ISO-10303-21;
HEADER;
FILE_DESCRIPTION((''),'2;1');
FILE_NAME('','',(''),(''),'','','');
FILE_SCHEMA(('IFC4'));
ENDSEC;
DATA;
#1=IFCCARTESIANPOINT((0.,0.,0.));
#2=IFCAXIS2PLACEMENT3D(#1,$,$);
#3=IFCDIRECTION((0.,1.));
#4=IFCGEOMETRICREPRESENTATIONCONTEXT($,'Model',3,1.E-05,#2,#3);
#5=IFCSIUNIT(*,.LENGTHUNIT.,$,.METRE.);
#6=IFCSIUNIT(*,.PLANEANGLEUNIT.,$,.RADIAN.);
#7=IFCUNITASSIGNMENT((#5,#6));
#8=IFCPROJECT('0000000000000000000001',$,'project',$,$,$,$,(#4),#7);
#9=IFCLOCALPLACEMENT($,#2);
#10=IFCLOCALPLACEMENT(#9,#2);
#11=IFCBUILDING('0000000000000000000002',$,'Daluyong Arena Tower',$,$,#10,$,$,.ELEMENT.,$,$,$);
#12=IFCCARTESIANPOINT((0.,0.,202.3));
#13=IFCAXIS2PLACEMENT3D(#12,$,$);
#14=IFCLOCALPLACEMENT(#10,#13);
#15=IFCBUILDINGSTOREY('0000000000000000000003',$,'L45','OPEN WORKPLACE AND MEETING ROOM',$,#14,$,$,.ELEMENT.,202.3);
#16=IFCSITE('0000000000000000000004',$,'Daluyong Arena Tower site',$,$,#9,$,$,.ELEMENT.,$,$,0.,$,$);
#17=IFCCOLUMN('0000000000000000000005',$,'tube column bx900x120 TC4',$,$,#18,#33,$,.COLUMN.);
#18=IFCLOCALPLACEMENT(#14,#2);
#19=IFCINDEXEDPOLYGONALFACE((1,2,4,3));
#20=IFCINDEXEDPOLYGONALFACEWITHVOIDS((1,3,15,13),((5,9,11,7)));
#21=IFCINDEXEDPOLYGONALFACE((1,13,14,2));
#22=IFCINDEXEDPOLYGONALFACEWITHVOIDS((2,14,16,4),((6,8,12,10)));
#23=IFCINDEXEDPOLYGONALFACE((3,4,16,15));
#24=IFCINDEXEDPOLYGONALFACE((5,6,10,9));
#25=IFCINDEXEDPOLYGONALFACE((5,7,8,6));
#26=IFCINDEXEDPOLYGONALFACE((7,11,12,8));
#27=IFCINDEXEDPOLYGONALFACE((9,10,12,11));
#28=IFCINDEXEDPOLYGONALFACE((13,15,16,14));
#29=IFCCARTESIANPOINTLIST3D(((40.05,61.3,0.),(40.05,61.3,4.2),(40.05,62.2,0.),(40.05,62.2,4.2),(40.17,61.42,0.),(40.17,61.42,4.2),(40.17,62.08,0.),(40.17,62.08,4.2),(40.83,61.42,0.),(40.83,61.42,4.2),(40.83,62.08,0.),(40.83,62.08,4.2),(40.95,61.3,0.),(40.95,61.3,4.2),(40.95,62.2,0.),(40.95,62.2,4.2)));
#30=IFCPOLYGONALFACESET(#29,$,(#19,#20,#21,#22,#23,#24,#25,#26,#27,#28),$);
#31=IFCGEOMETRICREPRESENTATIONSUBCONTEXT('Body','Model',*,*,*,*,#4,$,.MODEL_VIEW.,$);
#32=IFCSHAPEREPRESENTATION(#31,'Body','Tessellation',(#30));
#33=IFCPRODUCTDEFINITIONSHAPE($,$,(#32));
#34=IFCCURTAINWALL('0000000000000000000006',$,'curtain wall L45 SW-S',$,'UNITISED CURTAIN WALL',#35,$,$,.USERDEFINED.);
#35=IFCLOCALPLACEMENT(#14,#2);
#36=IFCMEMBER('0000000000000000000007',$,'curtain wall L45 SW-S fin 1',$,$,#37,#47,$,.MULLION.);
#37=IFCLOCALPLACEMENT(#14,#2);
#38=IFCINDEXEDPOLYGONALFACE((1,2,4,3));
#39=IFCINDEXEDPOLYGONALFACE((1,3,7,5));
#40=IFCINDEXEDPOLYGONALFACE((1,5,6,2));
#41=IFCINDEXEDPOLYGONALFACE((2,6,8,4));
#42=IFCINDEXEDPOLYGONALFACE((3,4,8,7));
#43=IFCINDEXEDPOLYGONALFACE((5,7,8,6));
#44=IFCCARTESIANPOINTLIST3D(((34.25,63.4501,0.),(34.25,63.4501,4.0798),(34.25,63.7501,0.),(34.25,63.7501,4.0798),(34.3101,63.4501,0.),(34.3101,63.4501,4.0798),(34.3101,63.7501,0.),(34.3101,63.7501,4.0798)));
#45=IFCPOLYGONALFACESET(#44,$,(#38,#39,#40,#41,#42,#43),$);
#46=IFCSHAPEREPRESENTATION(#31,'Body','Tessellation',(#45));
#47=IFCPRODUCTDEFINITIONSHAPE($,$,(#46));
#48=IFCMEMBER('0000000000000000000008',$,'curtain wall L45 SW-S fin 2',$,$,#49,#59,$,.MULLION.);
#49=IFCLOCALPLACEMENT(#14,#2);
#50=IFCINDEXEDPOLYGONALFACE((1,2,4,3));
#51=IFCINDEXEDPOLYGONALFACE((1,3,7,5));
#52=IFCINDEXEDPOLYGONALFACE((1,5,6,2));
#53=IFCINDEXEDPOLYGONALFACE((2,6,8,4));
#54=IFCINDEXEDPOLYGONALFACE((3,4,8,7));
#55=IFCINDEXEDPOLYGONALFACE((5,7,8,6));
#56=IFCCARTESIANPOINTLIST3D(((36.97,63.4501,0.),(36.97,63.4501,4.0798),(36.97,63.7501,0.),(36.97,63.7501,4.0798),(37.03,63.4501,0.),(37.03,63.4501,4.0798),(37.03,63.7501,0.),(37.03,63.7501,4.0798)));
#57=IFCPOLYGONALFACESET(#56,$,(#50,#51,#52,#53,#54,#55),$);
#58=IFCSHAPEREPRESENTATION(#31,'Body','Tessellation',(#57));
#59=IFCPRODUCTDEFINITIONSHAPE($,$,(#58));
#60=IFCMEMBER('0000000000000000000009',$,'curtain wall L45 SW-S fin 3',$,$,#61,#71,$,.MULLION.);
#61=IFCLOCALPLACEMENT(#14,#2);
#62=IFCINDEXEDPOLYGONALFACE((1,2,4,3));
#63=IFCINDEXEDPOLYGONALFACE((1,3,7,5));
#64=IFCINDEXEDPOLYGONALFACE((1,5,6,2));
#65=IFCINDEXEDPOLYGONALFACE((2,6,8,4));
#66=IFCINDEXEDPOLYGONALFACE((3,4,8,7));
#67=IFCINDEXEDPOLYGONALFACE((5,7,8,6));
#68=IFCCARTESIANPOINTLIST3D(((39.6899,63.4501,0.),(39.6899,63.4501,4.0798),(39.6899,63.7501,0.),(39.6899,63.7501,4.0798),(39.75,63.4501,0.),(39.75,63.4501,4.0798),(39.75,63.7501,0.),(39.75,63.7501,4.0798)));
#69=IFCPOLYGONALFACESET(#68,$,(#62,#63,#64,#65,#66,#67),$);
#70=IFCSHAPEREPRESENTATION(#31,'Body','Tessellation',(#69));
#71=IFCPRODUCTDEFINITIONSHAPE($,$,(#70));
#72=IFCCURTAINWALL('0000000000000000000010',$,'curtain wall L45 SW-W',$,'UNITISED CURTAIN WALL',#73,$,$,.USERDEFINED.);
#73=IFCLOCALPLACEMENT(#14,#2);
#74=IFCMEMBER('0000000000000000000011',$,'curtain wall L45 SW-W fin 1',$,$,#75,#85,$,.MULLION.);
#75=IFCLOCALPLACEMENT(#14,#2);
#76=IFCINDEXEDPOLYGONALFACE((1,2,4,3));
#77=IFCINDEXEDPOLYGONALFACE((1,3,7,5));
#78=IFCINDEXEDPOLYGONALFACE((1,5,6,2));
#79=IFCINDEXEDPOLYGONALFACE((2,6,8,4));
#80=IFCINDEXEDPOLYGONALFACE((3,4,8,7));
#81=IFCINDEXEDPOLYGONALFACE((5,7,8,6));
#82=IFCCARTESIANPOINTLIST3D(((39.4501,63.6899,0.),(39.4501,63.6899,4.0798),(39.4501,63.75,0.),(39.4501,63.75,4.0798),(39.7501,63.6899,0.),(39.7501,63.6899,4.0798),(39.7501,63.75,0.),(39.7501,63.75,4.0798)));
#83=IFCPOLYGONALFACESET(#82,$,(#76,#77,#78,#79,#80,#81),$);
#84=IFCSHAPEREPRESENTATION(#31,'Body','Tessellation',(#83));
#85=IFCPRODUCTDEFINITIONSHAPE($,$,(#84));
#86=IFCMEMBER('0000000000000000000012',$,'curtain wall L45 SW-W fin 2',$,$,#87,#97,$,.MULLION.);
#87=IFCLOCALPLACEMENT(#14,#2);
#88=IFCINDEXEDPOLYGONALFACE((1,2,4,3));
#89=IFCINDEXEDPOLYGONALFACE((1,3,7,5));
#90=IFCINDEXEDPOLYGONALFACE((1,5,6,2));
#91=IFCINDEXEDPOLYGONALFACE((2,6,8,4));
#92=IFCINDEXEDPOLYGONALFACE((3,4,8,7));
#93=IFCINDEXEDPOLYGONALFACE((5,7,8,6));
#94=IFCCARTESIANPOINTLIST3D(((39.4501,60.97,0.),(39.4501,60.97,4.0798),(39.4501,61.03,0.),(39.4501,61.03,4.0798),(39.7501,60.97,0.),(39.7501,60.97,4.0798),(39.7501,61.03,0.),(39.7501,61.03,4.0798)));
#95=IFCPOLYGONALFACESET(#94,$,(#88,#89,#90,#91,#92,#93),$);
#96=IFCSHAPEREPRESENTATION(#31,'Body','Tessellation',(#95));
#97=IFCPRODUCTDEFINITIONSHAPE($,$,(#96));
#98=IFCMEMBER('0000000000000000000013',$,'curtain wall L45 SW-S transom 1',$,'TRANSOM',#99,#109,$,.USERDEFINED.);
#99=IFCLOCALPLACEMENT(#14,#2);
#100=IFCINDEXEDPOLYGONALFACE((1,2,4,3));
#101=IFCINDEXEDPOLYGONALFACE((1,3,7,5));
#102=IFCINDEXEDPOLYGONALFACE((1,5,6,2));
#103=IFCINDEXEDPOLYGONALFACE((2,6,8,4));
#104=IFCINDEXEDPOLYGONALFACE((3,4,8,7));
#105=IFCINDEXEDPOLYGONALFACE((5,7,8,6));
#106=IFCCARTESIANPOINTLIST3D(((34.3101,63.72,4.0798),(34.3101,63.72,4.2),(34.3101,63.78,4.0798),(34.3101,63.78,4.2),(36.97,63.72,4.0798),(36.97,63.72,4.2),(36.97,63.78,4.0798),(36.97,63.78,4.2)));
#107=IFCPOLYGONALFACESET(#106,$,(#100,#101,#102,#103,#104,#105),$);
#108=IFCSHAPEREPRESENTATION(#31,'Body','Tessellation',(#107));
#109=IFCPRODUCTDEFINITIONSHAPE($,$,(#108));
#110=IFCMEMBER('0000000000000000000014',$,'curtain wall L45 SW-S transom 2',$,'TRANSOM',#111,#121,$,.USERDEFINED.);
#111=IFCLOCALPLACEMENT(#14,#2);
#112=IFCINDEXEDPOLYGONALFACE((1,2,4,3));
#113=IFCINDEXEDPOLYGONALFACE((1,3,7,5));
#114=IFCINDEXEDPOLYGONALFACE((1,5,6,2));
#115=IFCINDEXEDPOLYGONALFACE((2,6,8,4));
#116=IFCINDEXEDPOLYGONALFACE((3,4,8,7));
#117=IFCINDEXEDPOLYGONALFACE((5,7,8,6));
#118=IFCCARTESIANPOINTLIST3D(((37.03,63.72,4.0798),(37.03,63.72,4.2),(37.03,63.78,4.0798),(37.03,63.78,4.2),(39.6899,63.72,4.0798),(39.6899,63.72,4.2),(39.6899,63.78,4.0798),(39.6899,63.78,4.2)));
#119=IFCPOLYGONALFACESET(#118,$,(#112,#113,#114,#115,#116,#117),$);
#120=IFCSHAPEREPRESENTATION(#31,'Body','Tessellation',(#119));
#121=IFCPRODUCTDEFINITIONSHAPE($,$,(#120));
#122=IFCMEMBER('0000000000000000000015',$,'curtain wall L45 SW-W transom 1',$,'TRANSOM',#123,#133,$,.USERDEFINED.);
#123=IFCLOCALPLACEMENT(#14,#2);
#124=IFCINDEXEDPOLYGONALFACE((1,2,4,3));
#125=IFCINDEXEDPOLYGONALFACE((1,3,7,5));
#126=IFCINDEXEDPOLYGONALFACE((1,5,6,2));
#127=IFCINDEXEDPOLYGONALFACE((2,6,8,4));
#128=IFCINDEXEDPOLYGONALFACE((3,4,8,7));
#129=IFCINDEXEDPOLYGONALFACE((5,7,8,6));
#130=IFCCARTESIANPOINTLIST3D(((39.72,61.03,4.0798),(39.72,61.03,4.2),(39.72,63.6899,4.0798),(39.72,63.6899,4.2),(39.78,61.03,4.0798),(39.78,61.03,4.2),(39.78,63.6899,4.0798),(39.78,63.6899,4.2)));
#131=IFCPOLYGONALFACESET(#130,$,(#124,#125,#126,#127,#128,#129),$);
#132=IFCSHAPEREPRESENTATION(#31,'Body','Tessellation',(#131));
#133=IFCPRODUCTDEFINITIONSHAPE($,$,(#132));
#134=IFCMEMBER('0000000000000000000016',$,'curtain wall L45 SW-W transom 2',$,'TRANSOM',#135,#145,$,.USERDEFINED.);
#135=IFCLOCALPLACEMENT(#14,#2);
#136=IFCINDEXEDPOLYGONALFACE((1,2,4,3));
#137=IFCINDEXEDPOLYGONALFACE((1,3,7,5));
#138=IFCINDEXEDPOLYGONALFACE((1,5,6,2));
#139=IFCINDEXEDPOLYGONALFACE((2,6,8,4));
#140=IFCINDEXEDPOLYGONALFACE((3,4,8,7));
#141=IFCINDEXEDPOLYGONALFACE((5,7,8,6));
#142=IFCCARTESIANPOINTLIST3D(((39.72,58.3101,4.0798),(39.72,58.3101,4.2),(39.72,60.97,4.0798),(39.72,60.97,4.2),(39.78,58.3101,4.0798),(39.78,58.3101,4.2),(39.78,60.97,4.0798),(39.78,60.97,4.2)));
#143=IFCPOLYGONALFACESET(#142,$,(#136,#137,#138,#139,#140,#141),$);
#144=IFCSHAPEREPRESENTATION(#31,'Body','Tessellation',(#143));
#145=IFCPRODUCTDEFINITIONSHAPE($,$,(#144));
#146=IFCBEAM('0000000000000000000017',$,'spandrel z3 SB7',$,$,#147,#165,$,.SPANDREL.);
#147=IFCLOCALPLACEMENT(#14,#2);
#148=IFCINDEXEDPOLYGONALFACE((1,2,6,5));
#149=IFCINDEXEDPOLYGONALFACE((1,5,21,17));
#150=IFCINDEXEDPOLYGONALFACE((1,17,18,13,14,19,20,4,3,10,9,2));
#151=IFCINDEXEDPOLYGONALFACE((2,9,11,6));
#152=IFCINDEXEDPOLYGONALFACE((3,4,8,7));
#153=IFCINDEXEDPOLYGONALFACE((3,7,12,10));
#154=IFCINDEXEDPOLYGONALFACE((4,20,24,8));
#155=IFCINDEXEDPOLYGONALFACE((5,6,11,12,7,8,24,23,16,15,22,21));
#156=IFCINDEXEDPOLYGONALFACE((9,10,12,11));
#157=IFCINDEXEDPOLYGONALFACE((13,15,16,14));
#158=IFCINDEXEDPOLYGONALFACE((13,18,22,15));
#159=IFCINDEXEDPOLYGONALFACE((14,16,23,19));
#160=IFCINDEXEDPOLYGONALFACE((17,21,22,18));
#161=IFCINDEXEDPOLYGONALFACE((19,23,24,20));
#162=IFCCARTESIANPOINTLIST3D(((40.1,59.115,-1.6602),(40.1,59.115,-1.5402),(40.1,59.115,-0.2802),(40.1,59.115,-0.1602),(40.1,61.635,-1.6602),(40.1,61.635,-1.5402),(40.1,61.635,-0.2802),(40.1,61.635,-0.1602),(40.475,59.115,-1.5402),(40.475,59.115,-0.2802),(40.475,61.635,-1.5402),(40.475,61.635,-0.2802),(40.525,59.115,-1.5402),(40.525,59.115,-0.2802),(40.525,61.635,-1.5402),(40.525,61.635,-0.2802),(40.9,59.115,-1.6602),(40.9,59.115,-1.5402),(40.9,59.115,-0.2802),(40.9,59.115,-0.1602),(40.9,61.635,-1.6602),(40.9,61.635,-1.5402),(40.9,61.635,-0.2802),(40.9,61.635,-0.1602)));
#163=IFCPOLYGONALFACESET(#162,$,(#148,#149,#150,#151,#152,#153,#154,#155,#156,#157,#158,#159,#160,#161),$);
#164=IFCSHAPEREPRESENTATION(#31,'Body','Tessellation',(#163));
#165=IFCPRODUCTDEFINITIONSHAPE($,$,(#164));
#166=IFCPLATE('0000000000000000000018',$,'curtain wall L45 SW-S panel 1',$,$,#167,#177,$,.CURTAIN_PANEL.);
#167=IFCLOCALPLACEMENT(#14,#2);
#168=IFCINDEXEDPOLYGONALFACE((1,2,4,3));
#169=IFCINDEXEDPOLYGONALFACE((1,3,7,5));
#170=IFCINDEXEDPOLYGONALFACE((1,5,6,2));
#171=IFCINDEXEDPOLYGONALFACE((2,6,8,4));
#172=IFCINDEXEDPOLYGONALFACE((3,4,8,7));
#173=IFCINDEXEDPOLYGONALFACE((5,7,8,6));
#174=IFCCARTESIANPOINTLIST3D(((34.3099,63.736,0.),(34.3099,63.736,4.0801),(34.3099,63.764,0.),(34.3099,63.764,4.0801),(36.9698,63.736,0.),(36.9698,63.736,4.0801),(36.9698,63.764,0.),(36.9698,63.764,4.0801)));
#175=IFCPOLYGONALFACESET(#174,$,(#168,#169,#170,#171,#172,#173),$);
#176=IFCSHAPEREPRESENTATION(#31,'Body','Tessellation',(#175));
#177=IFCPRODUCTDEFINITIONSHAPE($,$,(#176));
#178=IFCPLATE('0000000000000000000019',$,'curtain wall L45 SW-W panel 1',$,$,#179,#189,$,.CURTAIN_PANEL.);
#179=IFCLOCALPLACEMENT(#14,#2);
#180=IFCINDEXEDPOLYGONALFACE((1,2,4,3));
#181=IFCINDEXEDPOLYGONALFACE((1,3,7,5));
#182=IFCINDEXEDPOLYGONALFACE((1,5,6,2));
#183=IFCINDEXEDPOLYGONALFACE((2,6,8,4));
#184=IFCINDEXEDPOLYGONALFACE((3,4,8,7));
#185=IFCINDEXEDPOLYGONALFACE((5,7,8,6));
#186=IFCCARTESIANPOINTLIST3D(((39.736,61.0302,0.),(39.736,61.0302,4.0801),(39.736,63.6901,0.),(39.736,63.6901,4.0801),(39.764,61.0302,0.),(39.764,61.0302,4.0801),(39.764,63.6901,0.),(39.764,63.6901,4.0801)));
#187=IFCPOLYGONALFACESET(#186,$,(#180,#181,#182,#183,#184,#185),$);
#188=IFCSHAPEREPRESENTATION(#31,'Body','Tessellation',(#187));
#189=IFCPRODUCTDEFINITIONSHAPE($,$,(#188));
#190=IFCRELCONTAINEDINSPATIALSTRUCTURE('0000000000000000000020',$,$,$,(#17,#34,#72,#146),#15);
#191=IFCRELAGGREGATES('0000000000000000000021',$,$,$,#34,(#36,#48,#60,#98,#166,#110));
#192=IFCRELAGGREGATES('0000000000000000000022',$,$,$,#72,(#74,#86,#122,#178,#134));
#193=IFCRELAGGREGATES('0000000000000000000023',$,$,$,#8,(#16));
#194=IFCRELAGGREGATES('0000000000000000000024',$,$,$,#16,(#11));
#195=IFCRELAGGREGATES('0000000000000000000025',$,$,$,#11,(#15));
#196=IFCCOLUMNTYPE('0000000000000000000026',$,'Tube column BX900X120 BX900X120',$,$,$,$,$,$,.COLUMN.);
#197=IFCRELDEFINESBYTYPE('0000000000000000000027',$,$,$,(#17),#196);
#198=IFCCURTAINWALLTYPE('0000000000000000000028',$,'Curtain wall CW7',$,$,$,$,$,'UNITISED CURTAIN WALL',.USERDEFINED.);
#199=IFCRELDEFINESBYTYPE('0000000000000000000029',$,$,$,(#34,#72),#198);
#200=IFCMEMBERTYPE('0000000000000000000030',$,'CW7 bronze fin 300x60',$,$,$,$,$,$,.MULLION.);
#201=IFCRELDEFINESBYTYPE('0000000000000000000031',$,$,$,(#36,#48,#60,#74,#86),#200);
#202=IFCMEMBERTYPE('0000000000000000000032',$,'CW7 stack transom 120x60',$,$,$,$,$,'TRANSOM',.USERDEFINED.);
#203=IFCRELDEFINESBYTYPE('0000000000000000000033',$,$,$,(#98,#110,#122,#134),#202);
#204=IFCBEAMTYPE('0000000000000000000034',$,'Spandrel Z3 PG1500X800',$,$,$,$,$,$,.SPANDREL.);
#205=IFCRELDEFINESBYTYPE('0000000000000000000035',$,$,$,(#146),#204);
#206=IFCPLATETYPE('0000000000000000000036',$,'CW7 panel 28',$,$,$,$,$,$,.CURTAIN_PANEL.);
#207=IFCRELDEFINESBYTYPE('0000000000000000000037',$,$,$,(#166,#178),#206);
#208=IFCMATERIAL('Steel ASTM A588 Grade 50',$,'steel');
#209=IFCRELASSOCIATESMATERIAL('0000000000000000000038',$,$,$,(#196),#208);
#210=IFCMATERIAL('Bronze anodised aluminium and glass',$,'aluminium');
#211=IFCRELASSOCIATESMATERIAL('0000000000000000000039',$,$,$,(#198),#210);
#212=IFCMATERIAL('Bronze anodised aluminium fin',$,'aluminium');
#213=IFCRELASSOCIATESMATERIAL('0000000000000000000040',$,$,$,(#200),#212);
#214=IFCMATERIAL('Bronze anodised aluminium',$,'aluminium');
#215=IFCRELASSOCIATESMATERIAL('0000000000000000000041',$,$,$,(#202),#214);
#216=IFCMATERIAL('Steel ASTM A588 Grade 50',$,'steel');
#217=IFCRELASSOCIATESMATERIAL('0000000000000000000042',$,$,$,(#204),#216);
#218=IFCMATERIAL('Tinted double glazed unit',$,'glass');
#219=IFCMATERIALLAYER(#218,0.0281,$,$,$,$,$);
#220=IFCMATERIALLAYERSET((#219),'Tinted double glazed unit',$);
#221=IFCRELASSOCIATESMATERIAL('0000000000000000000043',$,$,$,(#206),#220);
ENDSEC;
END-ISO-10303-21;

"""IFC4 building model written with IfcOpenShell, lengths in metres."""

from ifc_helpers import new_model, si_unit, direction, frame, origin, origin_2d, place, context, subcontext, project, spatial, rectangle, hollow_rectangle, i_section, extrude, material, layer, layer_set, material_profile, profile_set, type_object, element, aggregate, save


model = new_model("IFC4")

# Units and contexts
model_context = context("Model", 3, precision=1e-05, world=origin(), true_north=direction((0.0, 1.0)))
body_context = subcontext(model_context, "Body", "Model", "MODEL_VIEW")
ifc_project = project(units=[si_unit("LENGTHUNIT", "METRE"), si_unit("PLANEANGLEUNIT", "RADIAN")], contexts=[model_context])

# Site, building, storey
site_placement = place(None, origin())
site = spatial("IfcSite", under=ifc_project, at=site_placement, Name="Daluyong Arena Tower site", CompositionType="ELEMENT", RefElevation=0.0)
building_placement = place(site_placement, origin())
building = spatial("IfcBuilding", under=site, at=building_placement, Name="Daluyong Arena Tower", CompositionType="ELEMENT")
storey_placement = place(building_placement, frame((0.0, 0.0, 202.3)))
storey = spatial("IfcBuildingStorey", under=building, at=storey_placement, Name="L45", Description="OPEN WORKPLACE AND MEETING ROOM", CompositionType="ELEMENT", Elevation=202.3)

# Column
ifc_material_1 = material(Name="Steel ASTM A588 Grade 50", Category="steel")
ifc_material_profile_1 = material_profile(ifc_material_1, hollow_rectangle(XDim=0.8999, YDim=0.8999, WallThickness=0.12, at=origin_2d()))
ifc_profile_set_1 = profile_set([ifc_material_profile_1], Name="Steel ASTM A588 Grade 50")
column_type = type_object("IfcColumnType", Name="Tube column BX900X120 BX900X120", PredefinedType="COLUMN", material=ifc_profile_set_1)
column_placement = place(storey_placement, frame((40.5, 61.75, 0.0), z_axis=(0.0, 0.0, 1.0), x_axis=(0.0, 1.0, 0.0)))
element("IfcColumn", 1, at=column_placement, inside=storey, type_object=column_type, Name="tube column bx900x120 TC4", PredefinedType="COLUMN", context=body_context, shape_type="SweptSolid", body=[
    extrude(hollow_rectangle(XDim=0.8999, YDim=0.8999, WallThickness=0.12, at=origin_2d()), origin(), (0.0, 0.0, 1.0), 4.2),
])

# Curtain walls, members
ifc_material_2 = material(Name="Bronze anodised aluminium and glass", Category="aluminium")
curtain_wall_type = type_object("IfcCurtainWallType", Name="Curtain wall CW7", ElementType="UNITISED CURTAIN WALL", PredefinedType="USERDEFINED", material=ifc_material_2)
curtain_wall_1_placement = place(storey_placement, origin())
curtain_wall_1 = element("IfcCurtainWall", 2, at=curtain_wall_1_placement, inside=storey, type_object=curtain_wall_type, Name="curtain wall L45 SW-S", ObjectType="UNITISED CURTAIN WALL", PredefinedType="USERDEFINED")
ifc_material_3 = material(Name="Bronze anodised aluminium fin", Category="aluminium")
ifc_material_profile_2 = material_profile(ifc_material_3, rectangle(XDim=0.3, YDim=0.0601, at=origin_2d()))
ifc_profile_set_2 = profile_set([ifc_material_profile_2], Name="Bronze anodised aluminium fin")
member_type_1 = type_object("IfcMemberType", Name="CW7 bronze fin 300x60", PredefinedType="MULLION", material=ifc_profile_set_2)
member_1_placement = place(storey_placement, frame((34.28, 63.6001, 0.0), z_axis=(0.0, 0.0, 1.0), x_axis=(0.0, 1.0, 0.0)))
member_1 = element("IfcMember", 3, at=member_1_placement, type_object=member_type_1, Name="curtain wall L45 SW-S fin 1", PredefinedType="MULLION", context=body_context, shape_type="SweptSolid", body=[
    extrude(rectangle(XDim=0.3, YDim=0.0601, at=origin_2d()), origin(), (0.0, 0.0, 1.0), 4.0798),
])
member_2_placement = place(storey_placement, frame((37.0, 63.6001, 0.0), z_axis=(0.0, 0.0, 1.0), x_axis=(0.0, 1.0, 0.0)))
member_2 = element("IfcMember", 4, at=member_2_placement, type_object=member_type_1, Name="curtain wall L45 SW-S fin 2", PredefinedType="MULLION", context=body_context, shape_type="SweptSolid", body=[
    extrude(rectangle(XDim=0.3, YDim=0.0601, at=origin_2d()), origin(), (0.0, 0.0, 1.0), 4.0798),
])
member_3_placement = place(storey_placement, frame((39.72, 63.6001, 0.0), z_axis=(0.0, 0.0, 1.0), x_axis=(0.0, 1.0, 0.0)))
member_3 = element("IfcMember", 5, at=member_3_placement, type_object=member_type_1, Name="curtain wall L45 SW-S fin 3", PredefinedType="MULLION", context=body_context, shape_type="SweptSolid", body=[
    extrude(rectangle(XDim=0.3, YDim=0.0601, at=origin_2d()), origin(), (0.0, 0.0, 1.0), 4.0798),
])
curtain_wall_2_placement = place(storey_placement, origin())
curtain_wall_2 = element("IfcCurtainWall", 6, at=curtain_wall_2_placement, inside=storey, type_object=curtain_wall_type, Name="curtain wall L45 SW-W", ObjectType="UNITISED CURTAIN WALL", PredefinedType="USERDEFINED")
member_4_placement = place(storey_placement, frame((39.6001, 63.72, 0.0), z_axis=(0.0, 0.0, 1.0), x_axis=(1.0, 0.0, 0.0)))
member_4 = element("IfcMember", 7, at=member_4_placement, type_object=member_type_1, Name="curtain wall L45 SW-W fin 1", PredefinedType="MULLION", context=body_context, shape_type="SweptSolid", body=[
    extrude(rectangle(XDim=0.3, YDim=0.0601, at=origin_2d()), origin(), (0.0, 0.0, 1.0), 4.0798),
])
member_5_placement = place(storey_placement, frame((39.6001, 61.0, 0.0), z_axis=(0.0, 0.0, 1.0), x_axis=(1.0, 0.0, 0.0)))
member_5 = element("IfcMember", 8, at=member_5_placement, type_object=member_type_1, Name="curtain wall L45 SW-W fin 2", PredefinedType="MULLION", context=body_context, shape_type="SweptSolid", body=[
    extrude(rectangle(XDim=0.3, YDim=0.0601, at=origin_2d()), origin(), (0.0, 0.0, 1.0), 4.0798),
])

# Members
ifc_material_4 = material(Name="Bronze anodised aluminium", Category="aluminium")
ifc_material_profile_3 = material_profile(ifc_material_4, rectangle(XDim=0.0601, YDim=0.1201, at=origin_2d()))
ifc_profile_set_3 = profile_set([ifc_material_profile_3], Name="Bronze anodised aluminium")
member_type_2 = type_object("IfcMemberType", Name="CW7 stack transom 120x60", ElementType="TRANSOM", PredefinedType="USERDEFINED", material=ifc_profile_set_3)
member_6_placement = place(storey_placement, frame((34.3101, 63.75, 4.1399), z_axis=(1.0, 0.0, 0.0), x_axis=(0.0, 1.0, 0.0)))
member_6 = element("IfcMember", 9, at=member_6_placement, type_object=member_type_2, Name="curtain wall L45 SW-S transom 1", ObjectType="TRANSOM", PredefinedType="USERDEFINED", context=body_context, shape_type="SweptSolid", body=[
    extrude(rectangle(XDim=0.0601, YDim=0.1201, at=origin_2d()), origin(), (0.0, 0.0, 1.0), 2.6599),
])
member_7_placement = place(storey_placement, frame((37.03, 63.75, 4.1399), z_axis=(1.0, 0.0, 0.0), x_axis=(0.0, 1.0, 0.0)))
member_7 = element("IfcMember", 10, at=member_7_placement, type_object=member_type_2, Name="curtain wall L45 SW-S transom 2", ObjectType="TRANSOM", PredefinedType="USERDEFINED", context=body_context, shape_type="SweptSolid", body=[
    extrude(rectangle(XDim=0.0601, YDim=0.1201, at=origin_2d()), origin(), (0.0, 0.0, 1.0), 2.6599),
])
member_8_placement = place(storey_placement, frame((39.75, 63.6899, 4.1399), z_axis=(0.0, -1.0, 0.0), x_axis=(1.0, 0.0, 0.0)))
member_8 = element("IfcMember", 11, at=member_8_placement, type_object=member_type_2, Name="curtain wall L45 SW-W transom 1", ObjectType="TRANSOM", PredefinedType="USERDEFINED", context=body_context, shape_type="SweptSolid", body=[
    extrude(rectangle(XDim=0.0601, YDim=0.1201, at=origin_2d()), origin(), (0.0, 0.0, 1.0), 2.6599),
])
member_9_placement = place(storey_placement, frame((39.75, 60.97, 4.1399), z_axis=(0.0, -1.0, 0.0), x_axis=(1.0, 0.0, 0.0)))
member_9 = element("IfcMember", 12, at=member_9_placement, type_object=member_type_2, Name="curtain wall L45 SW-W transom 2", ObjectType="TRANSOM", PredefinedType="USERDEFINED", context=body_context, shape_type="SweptSolid", body=[
    extrude(rectangle(XDim=0.0601, YDim=0.1201, at=origin_2d()), origin(), (0.0, 0.0, 1.0), 2.6599),
])

# Beam
ifc_material_5 = material(Name="Steel ASTM A588 Grade 50", Category="steel")
ifc_material_profile_4 = material_profile(ifc_material_5, i_section(OverallWidth=0.8, OverallDepth=1.5, WebThickness=0.05, FlangeThickness=0.12, at=origin_2d()))
ifc_profile_set_4 = profile_set([ifc_material_profile_4], Name="Steel ASTM A588 Grade 50")
beam_type = type_object("IfcBeamType", Name="Spandrel Z3 PG1500X800", PredefinedType="SPANDREL", material=ifc_profile_set_4)
beam_placement = place(storey_placement, frame((40.5, 61.635, -0.9102), z_axis=(0.0, -1.0, 0.0), x_axis=(1.0, 0.0, 0.0)))
element("IfcBeam", 13, at=beam_placement, inside=storey, type_object=beam_type, Name="spandrel z3 SB7", PredefinedType="SPANDREL", context=body_context, shape_type="SweptSolid", body=[
    extrude(i_section(OverallWidth=0.8, OverallDepth=1.5, WebThickness=0.05, FlangeThickness=0.12, at=origin_2d()), origin(), (0.0, 0.0, 1.0), 2.52),
])

# Plates
ifc_material_6 = material(Name="Tinted double glazed unit", Category="glass")
ifc_layer = layer(ifc_material_6, 0.0281)
ifc_layer_set = layer_set([ifc_layer], Name="Tinted double glazed unit")
plate_type = type_object("IfcPlateType", Name="CW7 panel 28", PredefinedType="CURTAIN_PANEL", material=ifc_layer_set)
plate_1_placement = place(storey_placement, frame((35.6399, 63.75, 0.0), z_axis=(0.0, 0.0, 1.0), x_axis=(1.0, 0.0, 0.0)))
plate_1 = element("IfcPlate", 14, at=plate_1_placement, type_object=plate_type, Name="curtain wall L45 SW-S panel 1", PredefinedType="CURTAIN_PANEL", context=body_context, shape_type="SweptSolid", body=[
    extrude(rectangle(XDim=2.6599, YDim=0.0281, at=origin_2d()), origin(), (0.0, 0.0, 1.0), 4.0801),
])
aggregate(curtain_wall_1, [member_1, member_2, member_3, member_6, plate_1, member_7])
plate_2_placement = place(storey_placement, frame((39.75, 62.3601, 0.0), z_axis=(0.0, 0.0, 1.0), x_axis=(0.0, -1.0, 0.0)))
plate_2 = element("IfcPlate", 15, at=plate_2_placement, type_object=plate_type, Name="curtain wall L45 SW-W panel 1", PredefinedType="CURTAIN_PANEL", context=body_context, shape_type="SweptSolid", body=[
    extrude(rectangle(XDim=2.6599, YDim=0.0281, at=origin_2d()), origin(), (0.0, 0.0, 1.0), 4.0801),
])
aggregate(curtain_wall_2, [member_4, member_5, member_8, plate_2, member_9])

save(model, "model.ifc")
